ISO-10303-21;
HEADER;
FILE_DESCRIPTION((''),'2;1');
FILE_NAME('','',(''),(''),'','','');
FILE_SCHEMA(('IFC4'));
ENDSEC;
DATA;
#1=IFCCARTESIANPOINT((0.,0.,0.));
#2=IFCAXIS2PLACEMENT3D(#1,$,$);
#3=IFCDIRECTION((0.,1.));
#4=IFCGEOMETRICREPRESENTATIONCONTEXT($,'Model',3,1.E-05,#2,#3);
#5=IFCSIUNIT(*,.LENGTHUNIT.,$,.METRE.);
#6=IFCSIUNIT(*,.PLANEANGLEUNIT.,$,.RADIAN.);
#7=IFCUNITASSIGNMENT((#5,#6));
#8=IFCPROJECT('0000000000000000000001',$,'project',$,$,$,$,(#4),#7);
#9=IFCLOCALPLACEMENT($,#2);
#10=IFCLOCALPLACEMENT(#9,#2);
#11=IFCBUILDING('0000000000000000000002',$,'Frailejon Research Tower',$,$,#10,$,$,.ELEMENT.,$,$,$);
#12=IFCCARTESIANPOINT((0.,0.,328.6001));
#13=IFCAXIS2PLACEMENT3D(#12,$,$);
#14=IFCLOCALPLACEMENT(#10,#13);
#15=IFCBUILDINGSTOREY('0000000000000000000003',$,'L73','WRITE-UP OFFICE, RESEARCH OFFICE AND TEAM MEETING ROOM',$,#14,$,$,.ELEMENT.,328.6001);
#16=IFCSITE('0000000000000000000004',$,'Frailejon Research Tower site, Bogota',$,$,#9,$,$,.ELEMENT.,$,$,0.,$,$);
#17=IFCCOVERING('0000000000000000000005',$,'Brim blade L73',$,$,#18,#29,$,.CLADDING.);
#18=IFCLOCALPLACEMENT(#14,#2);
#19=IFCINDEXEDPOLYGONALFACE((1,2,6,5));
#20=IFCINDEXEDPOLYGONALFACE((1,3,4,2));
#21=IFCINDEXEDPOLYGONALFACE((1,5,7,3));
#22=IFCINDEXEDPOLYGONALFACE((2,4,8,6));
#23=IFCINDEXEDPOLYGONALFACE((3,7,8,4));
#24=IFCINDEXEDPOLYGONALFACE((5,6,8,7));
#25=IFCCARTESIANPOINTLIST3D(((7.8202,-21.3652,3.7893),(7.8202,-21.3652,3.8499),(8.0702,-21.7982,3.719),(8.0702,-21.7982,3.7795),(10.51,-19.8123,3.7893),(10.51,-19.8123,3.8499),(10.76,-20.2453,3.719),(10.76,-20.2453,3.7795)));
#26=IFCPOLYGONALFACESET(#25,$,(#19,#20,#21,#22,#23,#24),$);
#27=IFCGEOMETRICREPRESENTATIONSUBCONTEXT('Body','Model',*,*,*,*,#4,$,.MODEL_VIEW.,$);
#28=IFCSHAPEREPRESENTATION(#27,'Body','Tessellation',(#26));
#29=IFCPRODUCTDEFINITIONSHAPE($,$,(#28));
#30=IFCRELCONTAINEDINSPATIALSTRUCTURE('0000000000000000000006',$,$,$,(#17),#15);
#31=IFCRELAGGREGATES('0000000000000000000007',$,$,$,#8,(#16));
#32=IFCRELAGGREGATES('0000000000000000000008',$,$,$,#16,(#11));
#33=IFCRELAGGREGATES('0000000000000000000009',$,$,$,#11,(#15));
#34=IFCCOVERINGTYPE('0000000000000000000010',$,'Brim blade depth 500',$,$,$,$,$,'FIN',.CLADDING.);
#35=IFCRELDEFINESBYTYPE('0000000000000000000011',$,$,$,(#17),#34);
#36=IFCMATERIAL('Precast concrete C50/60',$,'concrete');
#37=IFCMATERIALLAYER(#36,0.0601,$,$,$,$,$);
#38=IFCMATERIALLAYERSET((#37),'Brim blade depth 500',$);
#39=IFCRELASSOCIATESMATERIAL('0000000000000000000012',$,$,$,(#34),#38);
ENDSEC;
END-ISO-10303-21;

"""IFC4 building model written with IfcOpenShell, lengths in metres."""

from ifc_helpers import new_model, si_unit, direction, frame, origin, place, context, subcontext, project, spatial, polyline, outline, extrude, material, layer, layer_set, type_object, element, save


model = new_model("IFC4")

# Units and contexts
model_context = context("Model", 3, precision=1e-05, world=origin(), true_north=direction((0.0, 1.0)))
body_context = subcontext(model_context, "Body", "Model", "MODEL_VIEW")
ifc_project = project(units=[si_unit("LENGTHUNIT", "METRE"), si_unit("PLANEANGLEUNIT", "RADIAN")], contexts=[model_context])

# Site, building, storey
site_placement = place(None, origin())
site = spatial("IfcSite", under=ifc_project, at=site_placement, Name="Frailejon Research Tower site, Bogota", CompositionType="ELEMENT", RefElevation=0.0)
building_placement = place(site_placement, origin())
building = spatial("IfcBuilding", under=site, at=building_placement, Name="Frailejon Research Tower", CompositionType="ELEMENT")
storey_placement = place(building_placement, frame((0.0, 0.0, 328.6001)))
storey = spatial("IfcBuildingStorey", under=building, at=storey_placement, Name="L73", Description="WRITE-UP OFFICE, RESEARCH OFFICE AND TEAM MEETING ROOM", CompositionType="ELEMENT", Elevation=328.6001)

# Covering
ifc_material_1 = material(Name="Precast concrete C50/60", Category="concrete")
ifc_layer_1 = layer(ifc_material_1, 0.0601)
ifc_layer_set_1 = layer_set([ifc_layer_1], Name="Brim blade depth 500")
covering_type_1 = type_object("IfcCoveringType", Name="Brim blade depth 500", ElementType="FIN", PredefinedType="CLADDING", material=ifc_layer_set_1)
covering_placement = place(storey_placement, frame((10.51, -19.8123, 3.8499), z_axis=(-0.866027, -0.499997, 0.0), x_axis=(0.499997, -0.866027, 0.0)))
element("IfcCovering", 1, at=covering_placement, inside=storey, type_object=covering_type_1, Name="Brim blade L73", PredefinedType="CLADDING", context=body_context, shape_type="SweptSolid", body=[
    extrude(outline(polyline([(0.0, -0.0605), (0.5, -0.1309), (0.5, -0.0703), (0.0, 0.0), (0.0, -0.0605)])), origin(), (0.0, 0.0, 1.0), 3.106),
])

save(model, "model.ifc")
